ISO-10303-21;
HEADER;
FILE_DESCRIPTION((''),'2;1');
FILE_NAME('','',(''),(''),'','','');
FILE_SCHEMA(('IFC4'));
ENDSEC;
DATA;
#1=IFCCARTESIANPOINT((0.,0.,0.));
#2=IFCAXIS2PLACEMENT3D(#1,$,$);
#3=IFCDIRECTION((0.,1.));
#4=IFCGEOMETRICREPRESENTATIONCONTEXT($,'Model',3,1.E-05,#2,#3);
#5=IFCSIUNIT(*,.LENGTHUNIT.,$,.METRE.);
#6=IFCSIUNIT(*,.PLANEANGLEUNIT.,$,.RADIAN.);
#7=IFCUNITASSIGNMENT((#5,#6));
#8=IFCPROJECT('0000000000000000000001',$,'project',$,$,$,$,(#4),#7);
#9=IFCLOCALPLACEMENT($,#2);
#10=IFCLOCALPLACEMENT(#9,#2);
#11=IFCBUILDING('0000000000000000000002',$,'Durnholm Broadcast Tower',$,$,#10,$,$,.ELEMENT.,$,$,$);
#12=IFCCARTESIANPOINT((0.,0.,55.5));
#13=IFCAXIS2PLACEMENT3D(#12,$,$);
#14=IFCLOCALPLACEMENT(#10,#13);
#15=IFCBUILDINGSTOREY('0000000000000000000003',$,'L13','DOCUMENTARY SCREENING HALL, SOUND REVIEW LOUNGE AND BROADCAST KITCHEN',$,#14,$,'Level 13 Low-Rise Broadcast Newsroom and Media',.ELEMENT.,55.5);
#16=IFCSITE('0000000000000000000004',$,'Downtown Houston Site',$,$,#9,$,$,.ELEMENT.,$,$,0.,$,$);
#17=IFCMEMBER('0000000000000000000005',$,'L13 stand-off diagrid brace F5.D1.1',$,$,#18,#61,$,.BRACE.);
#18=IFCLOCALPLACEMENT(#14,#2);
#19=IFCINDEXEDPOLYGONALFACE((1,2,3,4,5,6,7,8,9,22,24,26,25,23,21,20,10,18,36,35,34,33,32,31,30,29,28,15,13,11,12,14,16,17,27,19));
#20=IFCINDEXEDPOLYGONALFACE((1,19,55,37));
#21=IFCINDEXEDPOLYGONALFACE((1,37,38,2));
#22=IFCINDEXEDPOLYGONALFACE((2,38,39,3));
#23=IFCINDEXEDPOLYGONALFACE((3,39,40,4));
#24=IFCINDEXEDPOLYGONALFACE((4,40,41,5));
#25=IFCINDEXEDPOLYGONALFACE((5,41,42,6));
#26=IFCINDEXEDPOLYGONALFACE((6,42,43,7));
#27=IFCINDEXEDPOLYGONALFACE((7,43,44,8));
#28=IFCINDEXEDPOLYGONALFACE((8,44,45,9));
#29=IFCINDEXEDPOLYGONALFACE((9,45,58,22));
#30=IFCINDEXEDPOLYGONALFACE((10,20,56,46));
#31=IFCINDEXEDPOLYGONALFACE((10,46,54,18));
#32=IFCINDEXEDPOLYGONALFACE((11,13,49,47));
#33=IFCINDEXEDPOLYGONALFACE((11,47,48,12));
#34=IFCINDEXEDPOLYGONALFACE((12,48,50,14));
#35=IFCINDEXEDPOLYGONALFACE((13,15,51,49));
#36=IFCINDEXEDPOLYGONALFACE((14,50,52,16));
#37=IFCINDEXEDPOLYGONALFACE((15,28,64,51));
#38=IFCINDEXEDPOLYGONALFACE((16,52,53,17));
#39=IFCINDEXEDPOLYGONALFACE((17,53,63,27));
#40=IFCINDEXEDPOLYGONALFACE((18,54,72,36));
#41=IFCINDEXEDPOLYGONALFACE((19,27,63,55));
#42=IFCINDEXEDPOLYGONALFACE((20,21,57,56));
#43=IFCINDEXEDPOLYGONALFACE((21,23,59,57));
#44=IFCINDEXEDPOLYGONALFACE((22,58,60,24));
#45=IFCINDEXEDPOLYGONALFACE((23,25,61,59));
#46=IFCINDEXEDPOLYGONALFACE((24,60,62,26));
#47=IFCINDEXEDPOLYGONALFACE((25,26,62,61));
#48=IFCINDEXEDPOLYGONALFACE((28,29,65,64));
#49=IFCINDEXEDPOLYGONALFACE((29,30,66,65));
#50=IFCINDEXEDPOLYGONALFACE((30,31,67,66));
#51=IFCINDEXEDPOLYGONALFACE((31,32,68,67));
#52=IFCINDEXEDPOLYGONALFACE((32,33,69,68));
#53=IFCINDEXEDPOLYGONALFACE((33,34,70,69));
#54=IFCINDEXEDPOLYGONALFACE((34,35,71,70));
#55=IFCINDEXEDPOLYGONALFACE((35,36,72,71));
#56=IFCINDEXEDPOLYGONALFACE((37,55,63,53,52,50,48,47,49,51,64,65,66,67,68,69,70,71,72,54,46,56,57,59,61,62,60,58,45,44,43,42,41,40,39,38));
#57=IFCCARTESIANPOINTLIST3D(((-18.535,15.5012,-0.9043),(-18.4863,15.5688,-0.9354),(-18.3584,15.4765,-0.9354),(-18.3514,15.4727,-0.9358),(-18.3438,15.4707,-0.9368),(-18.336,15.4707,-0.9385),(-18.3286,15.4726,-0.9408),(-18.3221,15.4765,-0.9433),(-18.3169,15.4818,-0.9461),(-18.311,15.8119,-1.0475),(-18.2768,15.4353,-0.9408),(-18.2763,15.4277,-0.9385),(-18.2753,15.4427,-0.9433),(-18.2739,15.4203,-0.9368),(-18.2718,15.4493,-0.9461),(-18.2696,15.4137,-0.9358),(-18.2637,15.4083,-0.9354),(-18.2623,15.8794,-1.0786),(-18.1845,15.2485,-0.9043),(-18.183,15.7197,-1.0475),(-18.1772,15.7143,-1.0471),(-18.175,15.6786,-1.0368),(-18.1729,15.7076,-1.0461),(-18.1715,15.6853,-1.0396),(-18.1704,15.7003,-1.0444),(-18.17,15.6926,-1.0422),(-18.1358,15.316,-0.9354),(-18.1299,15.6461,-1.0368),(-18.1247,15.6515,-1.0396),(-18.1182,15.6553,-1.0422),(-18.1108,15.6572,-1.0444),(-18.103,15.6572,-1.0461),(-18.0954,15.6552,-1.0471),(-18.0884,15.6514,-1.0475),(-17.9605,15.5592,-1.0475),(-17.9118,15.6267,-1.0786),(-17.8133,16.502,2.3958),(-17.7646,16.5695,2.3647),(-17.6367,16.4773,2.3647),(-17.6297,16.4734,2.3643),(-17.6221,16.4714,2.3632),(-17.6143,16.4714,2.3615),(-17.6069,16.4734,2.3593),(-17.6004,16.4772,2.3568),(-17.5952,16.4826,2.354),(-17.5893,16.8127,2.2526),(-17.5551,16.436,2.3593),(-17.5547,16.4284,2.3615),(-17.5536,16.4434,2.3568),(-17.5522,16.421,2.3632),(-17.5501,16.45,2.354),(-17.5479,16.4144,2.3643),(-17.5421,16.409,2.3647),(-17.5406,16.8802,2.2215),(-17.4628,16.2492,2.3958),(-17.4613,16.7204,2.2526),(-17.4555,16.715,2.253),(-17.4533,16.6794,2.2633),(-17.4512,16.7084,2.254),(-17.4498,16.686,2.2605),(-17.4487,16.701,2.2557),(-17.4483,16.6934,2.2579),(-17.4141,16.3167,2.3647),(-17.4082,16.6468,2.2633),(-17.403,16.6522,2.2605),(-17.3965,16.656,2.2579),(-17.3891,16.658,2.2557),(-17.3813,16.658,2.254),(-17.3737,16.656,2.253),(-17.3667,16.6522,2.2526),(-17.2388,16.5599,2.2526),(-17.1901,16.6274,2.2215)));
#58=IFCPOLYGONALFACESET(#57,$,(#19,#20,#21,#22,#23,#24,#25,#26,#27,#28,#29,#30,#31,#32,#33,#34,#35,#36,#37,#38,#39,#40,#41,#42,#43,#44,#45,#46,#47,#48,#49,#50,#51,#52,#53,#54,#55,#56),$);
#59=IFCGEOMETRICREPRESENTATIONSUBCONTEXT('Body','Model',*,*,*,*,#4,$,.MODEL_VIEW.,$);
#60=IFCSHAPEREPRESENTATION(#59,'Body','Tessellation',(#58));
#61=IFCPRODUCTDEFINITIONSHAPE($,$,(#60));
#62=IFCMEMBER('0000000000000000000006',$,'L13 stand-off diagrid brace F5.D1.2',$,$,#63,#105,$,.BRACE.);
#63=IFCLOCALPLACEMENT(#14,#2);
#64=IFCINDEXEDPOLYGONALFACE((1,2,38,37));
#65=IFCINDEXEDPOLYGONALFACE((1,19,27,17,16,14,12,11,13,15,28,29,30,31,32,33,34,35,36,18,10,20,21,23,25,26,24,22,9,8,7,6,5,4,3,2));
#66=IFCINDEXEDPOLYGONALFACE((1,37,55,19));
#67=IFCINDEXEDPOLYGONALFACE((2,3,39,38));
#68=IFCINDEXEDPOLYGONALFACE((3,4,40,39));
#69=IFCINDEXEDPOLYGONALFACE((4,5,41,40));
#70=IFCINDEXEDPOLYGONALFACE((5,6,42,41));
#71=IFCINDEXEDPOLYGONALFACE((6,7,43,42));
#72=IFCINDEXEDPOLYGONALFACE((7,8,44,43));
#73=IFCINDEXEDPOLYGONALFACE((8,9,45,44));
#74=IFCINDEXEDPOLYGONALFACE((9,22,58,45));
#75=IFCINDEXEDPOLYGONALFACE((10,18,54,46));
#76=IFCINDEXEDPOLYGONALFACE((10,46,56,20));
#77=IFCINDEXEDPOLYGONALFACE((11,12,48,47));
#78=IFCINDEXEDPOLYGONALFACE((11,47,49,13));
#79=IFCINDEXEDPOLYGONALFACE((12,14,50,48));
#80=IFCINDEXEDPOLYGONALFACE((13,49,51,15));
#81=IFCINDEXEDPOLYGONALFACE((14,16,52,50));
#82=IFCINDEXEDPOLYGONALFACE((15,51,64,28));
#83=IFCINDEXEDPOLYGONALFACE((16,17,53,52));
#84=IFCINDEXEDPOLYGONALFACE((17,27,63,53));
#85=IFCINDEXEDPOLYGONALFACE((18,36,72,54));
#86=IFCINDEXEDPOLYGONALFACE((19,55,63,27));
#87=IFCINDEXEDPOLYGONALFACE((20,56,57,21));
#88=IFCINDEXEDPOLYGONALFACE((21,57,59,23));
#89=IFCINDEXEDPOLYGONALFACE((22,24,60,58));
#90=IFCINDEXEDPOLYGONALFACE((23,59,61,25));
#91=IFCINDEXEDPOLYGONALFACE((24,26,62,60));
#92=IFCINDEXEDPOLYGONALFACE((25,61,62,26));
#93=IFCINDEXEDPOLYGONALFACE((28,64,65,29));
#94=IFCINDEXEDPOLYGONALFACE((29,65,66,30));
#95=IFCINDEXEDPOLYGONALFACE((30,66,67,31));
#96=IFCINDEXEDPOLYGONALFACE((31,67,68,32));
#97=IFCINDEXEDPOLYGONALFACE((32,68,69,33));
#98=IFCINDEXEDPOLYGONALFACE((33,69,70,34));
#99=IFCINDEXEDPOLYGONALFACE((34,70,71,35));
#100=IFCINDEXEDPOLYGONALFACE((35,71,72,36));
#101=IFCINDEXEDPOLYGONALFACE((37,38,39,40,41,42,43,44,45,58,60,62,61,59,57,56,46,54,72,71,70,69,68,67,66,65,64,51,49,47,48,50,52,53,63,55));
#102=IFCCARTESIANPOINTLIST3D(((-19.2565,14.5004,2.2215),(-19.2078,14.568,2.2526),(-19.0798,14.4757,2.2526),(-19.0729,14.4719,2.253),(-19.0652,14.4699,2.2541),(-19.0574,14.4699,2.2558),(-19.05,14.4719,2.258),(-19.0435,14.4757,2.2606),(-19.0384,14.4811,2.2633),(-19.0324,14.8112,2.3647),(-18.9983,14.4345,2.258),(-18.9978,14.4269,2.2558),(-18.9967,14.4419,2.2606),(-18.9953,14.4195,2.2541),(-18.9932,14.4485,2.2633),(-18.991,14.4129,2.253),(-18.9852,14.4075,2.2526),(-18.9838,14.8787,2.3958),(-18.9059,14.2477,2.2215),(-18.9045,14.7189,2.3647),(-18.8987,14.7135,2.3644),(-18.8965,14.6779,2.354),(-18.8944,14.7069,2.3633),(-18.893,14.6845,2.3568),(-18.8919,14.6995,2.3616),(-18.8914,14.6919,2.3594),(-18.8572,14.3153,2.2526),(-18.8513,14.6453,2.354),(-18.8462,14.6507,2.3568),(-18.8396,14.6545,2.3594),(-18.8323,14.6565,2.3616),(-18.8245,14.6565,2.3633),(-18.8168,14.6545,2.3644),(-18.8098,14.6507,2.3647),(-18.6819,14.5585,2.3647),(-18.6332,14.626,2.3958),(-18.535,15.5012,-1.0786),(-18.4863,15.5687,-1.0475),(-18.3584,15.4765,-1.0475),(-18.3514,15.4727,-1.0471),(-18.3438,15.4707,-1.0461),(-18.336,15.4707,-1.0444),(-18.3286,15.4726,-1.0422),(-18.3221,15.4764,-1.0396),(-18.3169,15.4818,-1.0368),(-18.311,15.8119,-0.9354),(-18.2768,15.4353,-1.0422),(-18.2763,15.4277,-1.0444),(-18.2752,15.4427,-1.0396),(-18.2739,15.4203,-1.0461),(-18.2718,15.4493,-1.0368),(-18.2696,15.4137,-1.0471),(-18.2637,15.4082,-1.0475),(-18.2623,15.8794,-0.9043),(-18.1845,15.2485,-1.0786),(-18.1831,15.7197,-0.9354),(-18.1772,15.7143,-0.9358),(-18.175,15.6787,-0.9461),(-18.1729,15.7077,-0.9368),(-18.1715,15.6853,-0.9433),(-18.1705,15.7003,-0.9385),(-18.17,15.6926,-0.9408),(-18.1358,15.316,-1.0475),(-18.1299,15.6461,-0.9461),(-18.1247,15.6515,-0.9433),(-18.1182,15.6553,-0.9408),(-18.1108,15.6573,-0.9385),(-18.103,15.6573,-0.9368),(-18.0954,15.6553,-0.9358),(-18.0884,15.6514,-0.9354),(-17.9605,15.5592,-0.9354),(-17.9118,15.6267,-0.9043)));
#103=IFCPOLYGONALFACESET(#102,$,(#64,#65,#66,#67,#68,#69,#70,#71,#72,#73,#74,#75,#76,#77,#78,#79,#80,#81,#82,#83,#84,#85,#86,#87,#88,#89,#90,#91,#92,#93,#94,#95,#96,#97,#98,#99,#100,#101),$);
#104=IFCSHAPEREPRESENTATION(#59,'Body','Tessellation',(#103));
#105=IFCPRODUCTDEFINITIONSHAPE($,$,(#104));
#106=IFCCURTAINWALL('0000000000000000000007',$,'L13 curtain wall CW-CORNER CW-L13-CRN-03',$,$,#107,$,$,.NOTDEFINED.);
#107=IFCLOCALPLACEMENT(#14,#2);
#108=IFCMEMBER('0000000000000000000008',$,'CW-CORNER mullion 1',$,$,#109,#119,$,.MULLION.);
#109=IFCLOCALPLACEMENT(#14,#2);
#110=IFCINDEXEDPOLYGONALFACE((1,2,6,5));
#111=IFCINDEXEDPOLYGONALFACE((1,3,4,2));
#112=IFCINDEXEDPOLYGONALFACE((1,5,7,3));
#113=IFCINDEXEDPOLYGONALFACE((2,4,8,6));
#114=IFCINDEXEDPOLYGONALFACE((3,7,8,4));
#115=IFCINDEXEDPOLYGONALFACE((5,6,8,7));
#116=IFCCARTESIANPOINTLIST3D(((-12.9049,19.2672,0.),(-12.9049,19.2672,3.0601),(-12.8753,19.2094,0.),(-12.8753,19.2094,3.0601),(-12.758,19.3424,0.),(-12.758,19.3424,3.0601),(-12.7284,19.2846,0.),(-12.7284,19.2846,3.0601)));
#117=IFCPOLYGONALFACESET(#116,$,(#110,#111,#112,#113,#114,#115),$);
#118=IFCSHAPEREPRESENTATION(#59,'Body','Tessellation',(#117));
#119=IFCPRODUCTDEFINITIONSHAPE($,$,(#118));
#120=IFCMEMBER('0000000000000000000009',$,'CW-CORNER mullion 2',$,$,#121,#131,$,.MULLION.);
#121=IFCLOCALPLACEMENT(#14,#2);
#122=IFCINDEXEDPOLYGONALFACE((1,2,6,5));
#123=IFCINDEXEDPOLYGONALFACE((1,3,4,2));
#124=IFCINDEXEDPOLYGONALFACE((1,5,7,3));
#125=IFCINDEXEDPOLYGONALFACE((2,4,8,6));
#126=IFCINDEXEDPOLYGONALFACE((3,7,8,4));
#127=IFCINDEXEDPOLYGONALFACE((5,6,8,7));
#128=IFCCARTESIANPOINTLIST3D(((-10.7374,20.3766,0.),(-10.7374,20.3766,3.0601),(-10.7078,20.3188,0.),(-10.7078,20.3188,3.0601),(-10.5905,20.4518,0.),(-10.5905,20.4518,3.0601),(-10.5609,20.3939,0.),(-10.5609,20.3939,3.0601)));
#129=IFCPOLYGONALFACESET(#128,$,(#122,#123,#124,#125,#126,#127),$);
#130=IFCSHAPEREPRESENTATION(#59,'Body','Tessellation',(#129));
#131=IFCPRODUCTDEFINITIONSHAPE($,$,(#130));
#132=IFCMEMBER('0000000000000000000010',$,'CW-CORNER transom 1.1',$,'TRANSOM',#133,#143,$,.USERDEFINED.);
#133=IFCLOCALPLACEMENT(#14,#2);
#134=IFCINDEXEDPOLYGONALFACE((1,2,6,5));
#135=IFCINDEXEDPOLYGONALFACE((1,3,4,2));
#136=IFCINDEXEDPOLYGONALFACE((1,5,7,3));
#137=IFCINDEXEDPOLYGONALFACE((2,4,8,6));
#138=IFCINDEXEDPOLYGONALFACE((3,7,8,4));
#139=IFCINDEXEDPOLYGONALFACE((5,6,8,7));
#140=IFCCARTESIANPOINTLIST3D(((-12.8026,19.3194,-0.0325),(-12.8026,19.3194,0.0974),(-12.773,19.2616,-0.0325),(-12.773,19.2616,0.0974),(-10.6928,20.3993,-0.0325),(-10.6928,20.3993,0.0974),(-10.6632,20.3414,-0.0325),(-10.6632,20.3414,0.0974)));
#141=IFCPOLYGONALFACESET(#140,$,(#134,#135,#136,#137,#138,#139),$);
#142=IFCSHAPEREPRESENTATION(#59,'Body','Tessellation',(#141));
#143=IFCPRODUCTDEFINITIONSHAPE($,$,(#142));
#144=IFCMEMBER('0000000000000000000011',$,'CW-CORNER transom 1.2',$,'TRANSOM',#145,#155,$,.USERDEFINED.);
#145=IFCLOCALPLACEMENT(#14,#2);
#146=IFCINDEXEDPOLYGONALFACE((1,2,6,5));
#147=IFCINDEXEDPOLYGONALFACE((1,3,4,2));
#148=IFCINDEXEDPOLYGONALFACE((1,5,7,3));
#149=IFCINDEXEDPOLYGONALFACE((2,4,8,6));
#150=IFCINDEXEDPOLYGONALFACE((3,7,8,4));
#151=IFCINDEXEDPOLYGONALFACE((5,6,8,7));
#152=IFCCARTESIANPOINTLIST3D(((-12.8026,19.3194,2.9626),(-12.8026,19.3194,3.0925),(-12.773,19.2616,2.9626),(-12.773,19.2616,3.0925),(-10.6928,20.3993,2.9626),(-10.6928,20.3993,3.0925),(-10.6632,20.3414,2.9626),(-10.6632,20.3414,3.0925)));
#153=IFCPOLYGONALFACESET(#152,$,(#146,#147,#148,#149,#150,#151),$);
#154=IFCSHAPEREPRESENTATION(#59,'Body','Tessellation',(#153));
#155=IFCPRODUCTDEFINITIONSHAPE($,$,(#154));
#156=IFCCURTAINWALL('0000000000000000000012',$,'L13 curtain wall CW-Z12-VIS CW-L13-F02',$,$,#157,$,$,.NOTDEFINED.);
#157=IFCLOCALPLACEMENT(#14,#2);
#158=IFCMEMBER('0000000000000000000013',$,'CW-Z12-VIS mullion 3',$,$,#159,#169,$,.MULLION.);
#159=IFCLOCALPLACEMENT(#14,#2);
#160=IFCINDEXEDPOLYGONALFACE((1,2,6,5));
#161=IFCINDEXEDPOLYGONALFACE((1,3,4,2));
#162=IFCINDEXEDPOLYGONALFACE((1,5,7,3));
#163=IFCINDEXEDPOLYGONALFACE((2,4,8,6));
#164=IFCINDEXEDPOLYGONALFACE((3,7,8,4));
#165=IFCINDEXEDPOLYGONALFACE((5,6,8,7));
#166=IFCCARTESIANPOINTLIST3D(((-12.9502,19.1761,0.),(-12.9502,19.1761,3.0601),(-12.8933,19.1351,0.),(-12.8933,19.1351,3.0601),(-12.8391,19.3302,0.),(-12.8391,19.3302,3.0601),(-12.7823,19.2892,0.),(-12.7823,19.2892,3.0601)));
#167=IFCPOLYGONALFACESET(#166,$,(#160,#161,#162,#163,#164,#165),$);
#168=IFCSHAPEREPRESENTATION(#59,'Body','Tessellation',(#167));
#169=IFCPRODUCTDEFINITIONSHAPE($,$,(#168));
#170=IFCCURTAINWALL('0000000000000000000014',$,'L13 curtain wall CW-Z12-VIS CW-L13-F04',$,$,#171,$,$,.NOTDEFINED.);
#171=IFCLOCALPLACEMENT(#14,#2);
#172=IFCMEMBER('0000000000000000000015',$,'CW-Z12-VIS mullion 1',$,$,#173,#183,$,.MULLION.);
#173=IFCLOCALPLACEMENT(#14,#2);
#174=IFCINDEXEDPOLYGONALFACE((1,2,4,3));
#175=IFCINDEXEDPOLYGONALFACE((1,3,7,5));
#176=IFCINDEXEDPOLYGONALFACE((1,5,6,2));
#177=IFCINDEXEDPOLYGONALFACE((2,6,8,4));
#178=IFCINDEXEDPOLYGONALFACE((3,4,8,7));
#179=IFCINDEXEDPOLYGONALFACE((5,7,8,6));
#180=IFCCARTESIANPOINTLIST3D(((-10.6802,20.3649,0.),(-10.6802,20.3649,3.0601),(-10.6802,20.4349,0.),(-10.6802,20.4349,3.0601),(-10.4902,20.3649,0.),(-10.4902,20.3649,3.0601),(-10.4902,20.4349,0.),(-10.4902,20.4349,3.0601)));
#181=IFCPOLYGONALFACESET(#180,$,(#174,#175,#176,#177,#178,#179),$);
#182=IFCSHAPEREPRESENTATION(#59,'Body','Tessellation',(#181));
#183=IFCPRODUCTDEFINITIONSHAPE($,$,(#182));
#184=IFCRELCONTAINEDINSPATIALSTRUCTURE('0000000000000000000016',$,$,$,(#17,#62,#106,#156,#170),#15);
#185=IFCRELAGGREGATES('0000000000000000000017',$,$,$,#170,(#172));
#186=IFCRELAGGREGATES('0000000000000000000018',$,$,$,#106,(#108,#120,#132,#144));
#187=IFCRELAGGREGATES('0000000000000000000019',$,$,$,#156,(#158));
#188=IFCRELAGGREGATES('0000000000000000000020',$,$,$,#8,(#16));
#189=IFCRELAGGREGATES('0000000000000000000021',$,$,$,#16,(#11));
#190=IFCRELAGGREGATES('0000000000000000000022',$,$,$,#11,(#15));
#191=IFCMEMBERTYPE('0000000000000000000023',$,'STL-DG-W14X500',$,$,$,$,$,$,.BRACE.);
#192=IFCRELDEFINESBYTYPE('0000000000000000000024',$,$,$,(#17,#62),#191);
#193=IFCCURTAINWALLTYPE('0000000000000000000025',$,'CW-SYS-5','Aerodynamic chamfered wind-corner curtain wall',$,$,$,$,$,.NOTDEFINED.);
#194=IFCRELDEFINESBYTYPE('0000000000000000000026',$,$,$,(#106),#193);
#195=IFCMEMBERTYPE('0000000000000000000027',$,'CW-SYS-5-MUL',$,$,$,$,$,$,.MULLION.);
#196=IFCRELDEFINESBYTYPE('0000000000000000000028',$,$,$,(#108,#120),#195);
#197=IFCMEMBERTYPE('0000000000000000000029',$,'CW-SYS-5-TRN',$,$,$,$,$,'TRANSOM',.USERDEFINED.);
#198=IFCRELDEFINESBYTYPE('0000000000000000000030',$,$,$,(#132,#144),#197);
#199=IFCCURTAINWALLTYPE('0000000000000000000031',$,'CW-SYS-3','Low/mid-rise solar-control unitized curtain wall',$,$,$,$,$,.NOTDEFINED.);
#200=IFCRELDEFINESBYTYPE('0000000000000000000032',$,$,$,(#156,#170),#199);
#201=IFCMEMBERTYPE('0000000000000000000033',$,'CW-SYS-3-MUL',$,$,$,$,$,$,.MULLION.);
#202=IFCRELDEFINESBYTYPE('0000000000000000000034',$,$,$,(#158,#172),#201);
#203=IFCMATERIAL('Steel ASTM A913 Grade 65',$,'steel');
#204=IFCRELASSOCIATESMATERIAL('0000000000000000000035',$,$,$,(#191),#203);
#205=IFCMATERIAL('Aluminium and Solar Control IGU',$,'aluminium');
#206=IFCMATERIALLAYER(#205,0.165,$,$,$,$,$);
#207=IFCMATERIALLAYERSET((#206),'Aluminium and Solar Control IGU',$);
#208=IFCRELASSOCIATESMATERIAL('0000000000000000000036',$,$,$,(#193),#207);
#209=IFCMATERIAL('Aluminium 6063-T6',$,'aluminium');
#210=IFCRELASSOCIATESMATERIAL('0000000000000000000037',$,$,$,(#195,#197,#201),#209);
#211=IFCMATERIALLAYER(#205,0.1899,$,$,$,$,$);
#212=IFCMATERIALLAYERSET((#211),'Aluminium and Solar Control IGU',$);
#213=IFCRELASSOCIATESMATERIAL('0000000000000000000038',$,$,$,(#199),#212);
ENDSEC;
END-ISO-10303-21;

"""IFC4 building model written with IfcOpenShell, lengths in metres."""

from ifc_helpers import new_model, si_unit, direction, frame, origin, origin_2d, place, context, subcontext, project, spatial, rectangle, i_section, extrude, source, transform, mapped, material, layer, layer_set, material_profile, profile_set, type_object, type_shapes, element, aggregate, save


model = new_model("IFC4")

# Units and contexts
model_context = context("Model", 3, precision=1e-05, world=origin(), true_north=direction((0.0, 1.0)))
body_context = subcontext(model_context, "Body", "Model", "MODEL_VIEW")
ifc_project = project(units=[si_unit("LENGTHUNIT", "METRE"), si_unit("PLANEANGLEUNIT", "RADIAN")], contexts=[model_context])

# Site, building, storey
site_placement = place(None, origin())
site = spatial("IfcSite", under=ifc_project, at=site_placement, Name="Downtown Houston Site", CompositionType="ELEMENT", RefElevation=0.0)
building_placement = place(site_placement, origin())
building = spatial("IfcBuilding", under=site, at=building_placement, Name="Durnholm Broadcast Tower", CompositionType="ELEMENT")
storey_placement = place(building_placement, frame((0.0, 0.0, 55.5)))
storey = spatial("IfcBuildingStorey", under=building, at=storey_placement, Name="L13", Description="DOCUMENTARY SCREENING HALL, SOUND REVIEW LOUNGE AND BROADCAST KITCHEN", LongName="Level 13 Low-Rise Broadcast Newsroom and Media", CompositionType="ELEMENT", Elevation=55.5)

# Members
ifc_material_1 = material(Name="Steel ASTM A913 Grade 65", Category="steel")
ifc_material_profile_1 = material_profile(ifc_material_1, i_section(OverallWidth=0.4321, OverallDepth=0.4978, WebThickness=0.0557, FlangeThickness=0.0889, FilletRadius=0.0305, at=origin_2d()), Name="W14X500")
ifc_profile_set_1 = profile_set([ifc_material_profile_1], Name="Steel ASTM A913 Grade 65")
member_type_1 = type_object("IfcMemberType", Name="STL-DG-W14X500", PredefinedType="BRACE", material=ifc_profile_set_1)
shared_shape_1 = source(origin(), body_context, "Body", "SweptSolid", [
    extrude(i_section(OverallWidth=0.4321, OverallDepth=0.4978, WebThickness=0.0557, FlangeThickness=0.0889, FilletRadius=0.0305, at=origin_2d()), origin(), (0.0, 0.0, 1.0), 3.5232),
])
type_shapes(member_type_1, [shared_shape_1])
for number, where, z_axis, x_axis, name in (
    (1, (-18.2234, 15.564, -0.9915), (0.204839, 0.284045, 0.936675), (-0.811091, 0.58492, 0.0), "L13 stand-off diagrid brace F5.D1.1"),
    (2, (-18.2234, 15.564, -0.9915), (-0.204773, -0.284049, 0.936688), (0.811185, -0.584789, 0.0), "L13 stand-off diagrid brace F5.D1.2"),
):
    element("IfcMember", number, at=place(storey_placement, frame(where, z_axis=z_axis, x_axis=x_axis)), inside=storey, type_object=member_type_1, Name=name, PredefinedType="BRACE", context=body_context, shape_type="MappedRepresentation", body=[
        mapped(shared_shape_1, transform((0.0, 0.0, 0.0), x_axis=(1.0, 0.0, 0.0), y_axis=(0.0, 1.0, 0.0), z_axis=(0.0, 0.0, 1.0), scale=1.0)),
    ])

# Curtain wall, members
ifc_material_2 = material(Name="Aluminium and Solar Control IGU", Category="aluminium")
ifc_layer_1 = layer(ifc_material_2, 0.165)
ifc_layer_set_1 = layer_set([ifc_layer_1], Name="Aluminium and Solar Control IGU")
curtain_wall_type_1 = type_object("IfcCurtainWallType", Name="CW-SYS-5", Description="Aerodynamic chamfered wind-corner curtain wall", PredefinedType="NOTDEFINED", material=ifc_layer_set_1)
curtain_wall_1_placement = place(storey_placement, origin())
curtain_wall_1 = element("IfcCurtainWall", 3, at=curtain_wall_1_placement, inside=storey, type_object=curtain_wall_type_1, Name="L13 curtain wall CW-CORNER CW-L13-CRN-03", PredefinedType="NOTDEFINED")
ifc_material_3 = material(Name="Aluminium 6063-T6", Category="aluminium")
ifc_material_profile_2 = material_profile(ifc_material_3, rectangle(XDim=0.0649, YDim=0.165, at=origin_2d()), Name="CWM65X165")
ifc_profile_set_2 = profile_set([ifc_material_profile_2], Name="Aluminium 6063-T6")
member_type_2 = type_object("IfcMemberType", Name="CW-SYS-5-MUL", PredefinedType="MULLION", material=ifc_profile_set_2)
shared_shape_2 = source(origin(), body_context, "Body", "SweptSolid", [
    extrude(rectangle(XDim=0.0649, YDim=0.165, at=origin_2d()), origin(), (0.0, 0.0, 1.0), 3.0601),
])
type_shapes(member_type_2, [shared_shape_2])
member_1_placement = place(storey_placement, frame((-12.8167, 19.2759, 0.0), z_axis=(0.0, 0.0, 1.0), x_axis=(-0.455594, 0.890188, 0.0)))
member_1 = element("IfcMember", 4, at=member_1_placement, type_object=member_type_2, Name="CW-CORNER mullion 1", PredefinedType="MULLION", context=body_context, shape_type="MappedRepresentation", body=[
    mapped(shared_shape_2, transform((0.0, 0.0, 0.0), x_axis=(1.0, 0.0, 0.0), y_axis=(0.0, 1.0, 0.0), z_axis=(0.0, 0.0, 1.0), scale=1.0)),
])
member_2_placement = place(storey_placement, frame((-10.6492, 20.3853, 0.0), z_axis=(0.0, 0.0, 1.0), x_axis=(-0.455594, 0.890188, 0.0)))
member_2 = element("IfcMember", 5, at=member_2_placement, type_object=member_type_2, Name="CW-CORNER mullion 2", PredefinedType="MULLION", context=body_context, shape_type="MappedRepresentation", body=[
    mapped(shared_shape_2, transform((0.0, 0.0, 0.0), x_axis=(1.0, 0.0, 0.0), y_axis=(0.0, 1.0, 0.0), z_axis=(0.0, 0.0, 1.0), scale=1.0)),
])
ifc_material_profile_3 = material_profile(ifc_material_3, rectangle(XDim=0.0649, YDim=0.1299, at=origin_2d()), Name="CWT65X130")
ifc_profile_set_3 = profile_set([ifc_material_profile_3], Name="Aluminium 6063-T6")
member_type_3 = type_object("IfcMemberType", Name="CW-SYS-5-TRN", ElementType="TRANSOM", PredefinedType="USERDEFINED", material=ifc_profile_set_3)
shared_shape_3 = source(origin(), body_context, "Body", "SweptSolid", [
    extrude(rectangle(XDim=0.0649, YDim=0.1299, at=origin_2d()), origin(), (0.0, 0.0, 1.0), 2.3701),
])
type_shapes(member_type_3, [shared_shape_3])
member_3_placement = place(storey_placement, frame((-12.7878, 19.2905, 0.0325), z_axis=(0.890185, 0.455599, 0.0), x_axis=(-0.455599, 0.890185, 0.0)))
member_3 = element("IfcMember", 6, at=member_3_placement, type_object=member_type_3, Name="CW-CORNER transom 1.1", ObjectType="TRANSOM", PredefinedType="USERDEFINED", context=body_context, shape_type="MappedRepresentation", body=[
    mapped(shared_shape_3, transform((0.0, 0.0, 0.0), x_axis=(1.0, 0.0, 0.0), y_axis=(0.0, 1.0, 0.0), z_axis=(0.0, 0.0, 1.0), scale=1.0)),
])
member_4_placement = place(storey_placement, frame((-12.7878, 19.2905, 3.0276), z_axis=(0.890185, 0.455599, 0.0), x_axis=(-0.455599, 0.890185, 0.0)))
member_4 = element("IfcMember", 7, at=member_4_placement, type_object=member_type_3, Name="CW-CORNER transom 1.2", ObjectType="TRANSOM", PredefinedType="USERDEFINED", context=body_context, shape_type="MappedRepresentation", body=[
    mapped(shared_shape_3, transform((0.0, 0.0, 0.0), x_axis=(1.0, 0.0, 0.0), y_axis=(0.0, 1.0, 0.0), z_axis=(0.0, 0.0, 1.0), scale=1.0)),
])

# Curtain wall, member
ifc_layer_2 = layer(ifc_material_2, 0.1899)
ifc_layer_set_2 = layer_set([ifc_layer_2], Name="Aluminium and Solar Control IGU")
curtain_wall_type_2 = type_object("IfcCurtainWallType", Name="CW-SYS-3", Description="Low/mid-rise solar-control unitized curtain wall", PredefinedType="NOTDEFINED", material=ifc_layer_set_2)
curtain_wall_2_placement = place(storey_placement, origin())
curtain_wall_2 = element("IfcCurtainWall", 8, at=curtain_wall_2_placement, inside=storey, type_object=curtain_wall_type_2, Name="L13 curtain wall CW-Z12-VIS CW-L13-F02", PredefinedType="NOTDEFINED")
ifc_material_profile_4 = material_profile(ifc_material_3, rectangle(XDim=0.0701, YDim=0.1899, at=origin_2d()), Name="CWM70X190")
ifc_profile_set_4 = profile_set([ifc_material_profile_4], Name="Aluminium 6063-T6")
member_type_4 = type_object("IfcMemberType", Name="CW-SYS-3-MUL", PredefinedType="MULLION", material=ifc_profile_set_4)
shared_shape_4 = source(origin(), body_context, "Body", "SweptSolid", [
    extrude(rectangle(XDim=0.0701, YDim=0.1899, at=origin_2d()), origin(), (0.0, 0.0, 1.0), 3.0601),
])
type_shapes(member_type_4, [shared_shape_4])
member_5_placement = place(storey_placement, frame((-12.8662, 19.2327, 0.0), z_axis=(0.0, 0.0, 1.0), x_axis=(-0.811161, 0.584823, 0.0)))
member_5 = element("IfcMember", 9, at=member_5_placement, type_object=member_type_4, Name="CW-Z12-VIS mullion 3", PredefinedType="MULLION", context=body_context, shape_type="MappedRepresentation", body=[
    mapped(shared_shape_4, transform((0.0, 0.0, 0.0), x_axis=(1.0, 0.0, 0.0), y_axis=(0.0, 1.0, 0.0), z_axis=(0.0, 0.0, 1.0), scale=1.0)),
])

# Curtain wall, member
curtain_wall_3_placement = place(storey_placement, origin())
curtain_wall_3 = element("IfcCurtainWall", 10, at=curtain_wall_3_placement, inside=storey, type_object=curtain_wall_type_2, Name="L13 curtain wall CW-Z12-VIS CW-L13-F04", PredefinedType="NOTDEFINED")
member_6_placement = place(storey_placement, frame((-10.5852, 20.3999, 0.0), z_axis=(0.0, 0.0, 1.0), x_axis=(0.0, 1.0, 0.0)))
member_6 = element("IfcMember", 11, at=member_6_placement, type_object=member_type_4, Name="CW-Z12-VIS mullion 1", PredefinedType="MULLION", context=body_context, shape_type="MappedRepresentation", body=[
    mapped(shared_shape_4, transform((0.0, 0.0, 0.0), x_axis=(1.0, 0.0, 0.0), y_axis=(0.0, 1.0, 0.0), z_axis=(0.0, 0.0, 1.0), scale=1.0)),
])
aggregate(curtain_wall_3, [member_6])

aggregate(curtain_wall_1, [member_1, member_2, member_3, member_4])
aggregate(curtain_wall_2, [member_5])

save(model, "model.ifc")
